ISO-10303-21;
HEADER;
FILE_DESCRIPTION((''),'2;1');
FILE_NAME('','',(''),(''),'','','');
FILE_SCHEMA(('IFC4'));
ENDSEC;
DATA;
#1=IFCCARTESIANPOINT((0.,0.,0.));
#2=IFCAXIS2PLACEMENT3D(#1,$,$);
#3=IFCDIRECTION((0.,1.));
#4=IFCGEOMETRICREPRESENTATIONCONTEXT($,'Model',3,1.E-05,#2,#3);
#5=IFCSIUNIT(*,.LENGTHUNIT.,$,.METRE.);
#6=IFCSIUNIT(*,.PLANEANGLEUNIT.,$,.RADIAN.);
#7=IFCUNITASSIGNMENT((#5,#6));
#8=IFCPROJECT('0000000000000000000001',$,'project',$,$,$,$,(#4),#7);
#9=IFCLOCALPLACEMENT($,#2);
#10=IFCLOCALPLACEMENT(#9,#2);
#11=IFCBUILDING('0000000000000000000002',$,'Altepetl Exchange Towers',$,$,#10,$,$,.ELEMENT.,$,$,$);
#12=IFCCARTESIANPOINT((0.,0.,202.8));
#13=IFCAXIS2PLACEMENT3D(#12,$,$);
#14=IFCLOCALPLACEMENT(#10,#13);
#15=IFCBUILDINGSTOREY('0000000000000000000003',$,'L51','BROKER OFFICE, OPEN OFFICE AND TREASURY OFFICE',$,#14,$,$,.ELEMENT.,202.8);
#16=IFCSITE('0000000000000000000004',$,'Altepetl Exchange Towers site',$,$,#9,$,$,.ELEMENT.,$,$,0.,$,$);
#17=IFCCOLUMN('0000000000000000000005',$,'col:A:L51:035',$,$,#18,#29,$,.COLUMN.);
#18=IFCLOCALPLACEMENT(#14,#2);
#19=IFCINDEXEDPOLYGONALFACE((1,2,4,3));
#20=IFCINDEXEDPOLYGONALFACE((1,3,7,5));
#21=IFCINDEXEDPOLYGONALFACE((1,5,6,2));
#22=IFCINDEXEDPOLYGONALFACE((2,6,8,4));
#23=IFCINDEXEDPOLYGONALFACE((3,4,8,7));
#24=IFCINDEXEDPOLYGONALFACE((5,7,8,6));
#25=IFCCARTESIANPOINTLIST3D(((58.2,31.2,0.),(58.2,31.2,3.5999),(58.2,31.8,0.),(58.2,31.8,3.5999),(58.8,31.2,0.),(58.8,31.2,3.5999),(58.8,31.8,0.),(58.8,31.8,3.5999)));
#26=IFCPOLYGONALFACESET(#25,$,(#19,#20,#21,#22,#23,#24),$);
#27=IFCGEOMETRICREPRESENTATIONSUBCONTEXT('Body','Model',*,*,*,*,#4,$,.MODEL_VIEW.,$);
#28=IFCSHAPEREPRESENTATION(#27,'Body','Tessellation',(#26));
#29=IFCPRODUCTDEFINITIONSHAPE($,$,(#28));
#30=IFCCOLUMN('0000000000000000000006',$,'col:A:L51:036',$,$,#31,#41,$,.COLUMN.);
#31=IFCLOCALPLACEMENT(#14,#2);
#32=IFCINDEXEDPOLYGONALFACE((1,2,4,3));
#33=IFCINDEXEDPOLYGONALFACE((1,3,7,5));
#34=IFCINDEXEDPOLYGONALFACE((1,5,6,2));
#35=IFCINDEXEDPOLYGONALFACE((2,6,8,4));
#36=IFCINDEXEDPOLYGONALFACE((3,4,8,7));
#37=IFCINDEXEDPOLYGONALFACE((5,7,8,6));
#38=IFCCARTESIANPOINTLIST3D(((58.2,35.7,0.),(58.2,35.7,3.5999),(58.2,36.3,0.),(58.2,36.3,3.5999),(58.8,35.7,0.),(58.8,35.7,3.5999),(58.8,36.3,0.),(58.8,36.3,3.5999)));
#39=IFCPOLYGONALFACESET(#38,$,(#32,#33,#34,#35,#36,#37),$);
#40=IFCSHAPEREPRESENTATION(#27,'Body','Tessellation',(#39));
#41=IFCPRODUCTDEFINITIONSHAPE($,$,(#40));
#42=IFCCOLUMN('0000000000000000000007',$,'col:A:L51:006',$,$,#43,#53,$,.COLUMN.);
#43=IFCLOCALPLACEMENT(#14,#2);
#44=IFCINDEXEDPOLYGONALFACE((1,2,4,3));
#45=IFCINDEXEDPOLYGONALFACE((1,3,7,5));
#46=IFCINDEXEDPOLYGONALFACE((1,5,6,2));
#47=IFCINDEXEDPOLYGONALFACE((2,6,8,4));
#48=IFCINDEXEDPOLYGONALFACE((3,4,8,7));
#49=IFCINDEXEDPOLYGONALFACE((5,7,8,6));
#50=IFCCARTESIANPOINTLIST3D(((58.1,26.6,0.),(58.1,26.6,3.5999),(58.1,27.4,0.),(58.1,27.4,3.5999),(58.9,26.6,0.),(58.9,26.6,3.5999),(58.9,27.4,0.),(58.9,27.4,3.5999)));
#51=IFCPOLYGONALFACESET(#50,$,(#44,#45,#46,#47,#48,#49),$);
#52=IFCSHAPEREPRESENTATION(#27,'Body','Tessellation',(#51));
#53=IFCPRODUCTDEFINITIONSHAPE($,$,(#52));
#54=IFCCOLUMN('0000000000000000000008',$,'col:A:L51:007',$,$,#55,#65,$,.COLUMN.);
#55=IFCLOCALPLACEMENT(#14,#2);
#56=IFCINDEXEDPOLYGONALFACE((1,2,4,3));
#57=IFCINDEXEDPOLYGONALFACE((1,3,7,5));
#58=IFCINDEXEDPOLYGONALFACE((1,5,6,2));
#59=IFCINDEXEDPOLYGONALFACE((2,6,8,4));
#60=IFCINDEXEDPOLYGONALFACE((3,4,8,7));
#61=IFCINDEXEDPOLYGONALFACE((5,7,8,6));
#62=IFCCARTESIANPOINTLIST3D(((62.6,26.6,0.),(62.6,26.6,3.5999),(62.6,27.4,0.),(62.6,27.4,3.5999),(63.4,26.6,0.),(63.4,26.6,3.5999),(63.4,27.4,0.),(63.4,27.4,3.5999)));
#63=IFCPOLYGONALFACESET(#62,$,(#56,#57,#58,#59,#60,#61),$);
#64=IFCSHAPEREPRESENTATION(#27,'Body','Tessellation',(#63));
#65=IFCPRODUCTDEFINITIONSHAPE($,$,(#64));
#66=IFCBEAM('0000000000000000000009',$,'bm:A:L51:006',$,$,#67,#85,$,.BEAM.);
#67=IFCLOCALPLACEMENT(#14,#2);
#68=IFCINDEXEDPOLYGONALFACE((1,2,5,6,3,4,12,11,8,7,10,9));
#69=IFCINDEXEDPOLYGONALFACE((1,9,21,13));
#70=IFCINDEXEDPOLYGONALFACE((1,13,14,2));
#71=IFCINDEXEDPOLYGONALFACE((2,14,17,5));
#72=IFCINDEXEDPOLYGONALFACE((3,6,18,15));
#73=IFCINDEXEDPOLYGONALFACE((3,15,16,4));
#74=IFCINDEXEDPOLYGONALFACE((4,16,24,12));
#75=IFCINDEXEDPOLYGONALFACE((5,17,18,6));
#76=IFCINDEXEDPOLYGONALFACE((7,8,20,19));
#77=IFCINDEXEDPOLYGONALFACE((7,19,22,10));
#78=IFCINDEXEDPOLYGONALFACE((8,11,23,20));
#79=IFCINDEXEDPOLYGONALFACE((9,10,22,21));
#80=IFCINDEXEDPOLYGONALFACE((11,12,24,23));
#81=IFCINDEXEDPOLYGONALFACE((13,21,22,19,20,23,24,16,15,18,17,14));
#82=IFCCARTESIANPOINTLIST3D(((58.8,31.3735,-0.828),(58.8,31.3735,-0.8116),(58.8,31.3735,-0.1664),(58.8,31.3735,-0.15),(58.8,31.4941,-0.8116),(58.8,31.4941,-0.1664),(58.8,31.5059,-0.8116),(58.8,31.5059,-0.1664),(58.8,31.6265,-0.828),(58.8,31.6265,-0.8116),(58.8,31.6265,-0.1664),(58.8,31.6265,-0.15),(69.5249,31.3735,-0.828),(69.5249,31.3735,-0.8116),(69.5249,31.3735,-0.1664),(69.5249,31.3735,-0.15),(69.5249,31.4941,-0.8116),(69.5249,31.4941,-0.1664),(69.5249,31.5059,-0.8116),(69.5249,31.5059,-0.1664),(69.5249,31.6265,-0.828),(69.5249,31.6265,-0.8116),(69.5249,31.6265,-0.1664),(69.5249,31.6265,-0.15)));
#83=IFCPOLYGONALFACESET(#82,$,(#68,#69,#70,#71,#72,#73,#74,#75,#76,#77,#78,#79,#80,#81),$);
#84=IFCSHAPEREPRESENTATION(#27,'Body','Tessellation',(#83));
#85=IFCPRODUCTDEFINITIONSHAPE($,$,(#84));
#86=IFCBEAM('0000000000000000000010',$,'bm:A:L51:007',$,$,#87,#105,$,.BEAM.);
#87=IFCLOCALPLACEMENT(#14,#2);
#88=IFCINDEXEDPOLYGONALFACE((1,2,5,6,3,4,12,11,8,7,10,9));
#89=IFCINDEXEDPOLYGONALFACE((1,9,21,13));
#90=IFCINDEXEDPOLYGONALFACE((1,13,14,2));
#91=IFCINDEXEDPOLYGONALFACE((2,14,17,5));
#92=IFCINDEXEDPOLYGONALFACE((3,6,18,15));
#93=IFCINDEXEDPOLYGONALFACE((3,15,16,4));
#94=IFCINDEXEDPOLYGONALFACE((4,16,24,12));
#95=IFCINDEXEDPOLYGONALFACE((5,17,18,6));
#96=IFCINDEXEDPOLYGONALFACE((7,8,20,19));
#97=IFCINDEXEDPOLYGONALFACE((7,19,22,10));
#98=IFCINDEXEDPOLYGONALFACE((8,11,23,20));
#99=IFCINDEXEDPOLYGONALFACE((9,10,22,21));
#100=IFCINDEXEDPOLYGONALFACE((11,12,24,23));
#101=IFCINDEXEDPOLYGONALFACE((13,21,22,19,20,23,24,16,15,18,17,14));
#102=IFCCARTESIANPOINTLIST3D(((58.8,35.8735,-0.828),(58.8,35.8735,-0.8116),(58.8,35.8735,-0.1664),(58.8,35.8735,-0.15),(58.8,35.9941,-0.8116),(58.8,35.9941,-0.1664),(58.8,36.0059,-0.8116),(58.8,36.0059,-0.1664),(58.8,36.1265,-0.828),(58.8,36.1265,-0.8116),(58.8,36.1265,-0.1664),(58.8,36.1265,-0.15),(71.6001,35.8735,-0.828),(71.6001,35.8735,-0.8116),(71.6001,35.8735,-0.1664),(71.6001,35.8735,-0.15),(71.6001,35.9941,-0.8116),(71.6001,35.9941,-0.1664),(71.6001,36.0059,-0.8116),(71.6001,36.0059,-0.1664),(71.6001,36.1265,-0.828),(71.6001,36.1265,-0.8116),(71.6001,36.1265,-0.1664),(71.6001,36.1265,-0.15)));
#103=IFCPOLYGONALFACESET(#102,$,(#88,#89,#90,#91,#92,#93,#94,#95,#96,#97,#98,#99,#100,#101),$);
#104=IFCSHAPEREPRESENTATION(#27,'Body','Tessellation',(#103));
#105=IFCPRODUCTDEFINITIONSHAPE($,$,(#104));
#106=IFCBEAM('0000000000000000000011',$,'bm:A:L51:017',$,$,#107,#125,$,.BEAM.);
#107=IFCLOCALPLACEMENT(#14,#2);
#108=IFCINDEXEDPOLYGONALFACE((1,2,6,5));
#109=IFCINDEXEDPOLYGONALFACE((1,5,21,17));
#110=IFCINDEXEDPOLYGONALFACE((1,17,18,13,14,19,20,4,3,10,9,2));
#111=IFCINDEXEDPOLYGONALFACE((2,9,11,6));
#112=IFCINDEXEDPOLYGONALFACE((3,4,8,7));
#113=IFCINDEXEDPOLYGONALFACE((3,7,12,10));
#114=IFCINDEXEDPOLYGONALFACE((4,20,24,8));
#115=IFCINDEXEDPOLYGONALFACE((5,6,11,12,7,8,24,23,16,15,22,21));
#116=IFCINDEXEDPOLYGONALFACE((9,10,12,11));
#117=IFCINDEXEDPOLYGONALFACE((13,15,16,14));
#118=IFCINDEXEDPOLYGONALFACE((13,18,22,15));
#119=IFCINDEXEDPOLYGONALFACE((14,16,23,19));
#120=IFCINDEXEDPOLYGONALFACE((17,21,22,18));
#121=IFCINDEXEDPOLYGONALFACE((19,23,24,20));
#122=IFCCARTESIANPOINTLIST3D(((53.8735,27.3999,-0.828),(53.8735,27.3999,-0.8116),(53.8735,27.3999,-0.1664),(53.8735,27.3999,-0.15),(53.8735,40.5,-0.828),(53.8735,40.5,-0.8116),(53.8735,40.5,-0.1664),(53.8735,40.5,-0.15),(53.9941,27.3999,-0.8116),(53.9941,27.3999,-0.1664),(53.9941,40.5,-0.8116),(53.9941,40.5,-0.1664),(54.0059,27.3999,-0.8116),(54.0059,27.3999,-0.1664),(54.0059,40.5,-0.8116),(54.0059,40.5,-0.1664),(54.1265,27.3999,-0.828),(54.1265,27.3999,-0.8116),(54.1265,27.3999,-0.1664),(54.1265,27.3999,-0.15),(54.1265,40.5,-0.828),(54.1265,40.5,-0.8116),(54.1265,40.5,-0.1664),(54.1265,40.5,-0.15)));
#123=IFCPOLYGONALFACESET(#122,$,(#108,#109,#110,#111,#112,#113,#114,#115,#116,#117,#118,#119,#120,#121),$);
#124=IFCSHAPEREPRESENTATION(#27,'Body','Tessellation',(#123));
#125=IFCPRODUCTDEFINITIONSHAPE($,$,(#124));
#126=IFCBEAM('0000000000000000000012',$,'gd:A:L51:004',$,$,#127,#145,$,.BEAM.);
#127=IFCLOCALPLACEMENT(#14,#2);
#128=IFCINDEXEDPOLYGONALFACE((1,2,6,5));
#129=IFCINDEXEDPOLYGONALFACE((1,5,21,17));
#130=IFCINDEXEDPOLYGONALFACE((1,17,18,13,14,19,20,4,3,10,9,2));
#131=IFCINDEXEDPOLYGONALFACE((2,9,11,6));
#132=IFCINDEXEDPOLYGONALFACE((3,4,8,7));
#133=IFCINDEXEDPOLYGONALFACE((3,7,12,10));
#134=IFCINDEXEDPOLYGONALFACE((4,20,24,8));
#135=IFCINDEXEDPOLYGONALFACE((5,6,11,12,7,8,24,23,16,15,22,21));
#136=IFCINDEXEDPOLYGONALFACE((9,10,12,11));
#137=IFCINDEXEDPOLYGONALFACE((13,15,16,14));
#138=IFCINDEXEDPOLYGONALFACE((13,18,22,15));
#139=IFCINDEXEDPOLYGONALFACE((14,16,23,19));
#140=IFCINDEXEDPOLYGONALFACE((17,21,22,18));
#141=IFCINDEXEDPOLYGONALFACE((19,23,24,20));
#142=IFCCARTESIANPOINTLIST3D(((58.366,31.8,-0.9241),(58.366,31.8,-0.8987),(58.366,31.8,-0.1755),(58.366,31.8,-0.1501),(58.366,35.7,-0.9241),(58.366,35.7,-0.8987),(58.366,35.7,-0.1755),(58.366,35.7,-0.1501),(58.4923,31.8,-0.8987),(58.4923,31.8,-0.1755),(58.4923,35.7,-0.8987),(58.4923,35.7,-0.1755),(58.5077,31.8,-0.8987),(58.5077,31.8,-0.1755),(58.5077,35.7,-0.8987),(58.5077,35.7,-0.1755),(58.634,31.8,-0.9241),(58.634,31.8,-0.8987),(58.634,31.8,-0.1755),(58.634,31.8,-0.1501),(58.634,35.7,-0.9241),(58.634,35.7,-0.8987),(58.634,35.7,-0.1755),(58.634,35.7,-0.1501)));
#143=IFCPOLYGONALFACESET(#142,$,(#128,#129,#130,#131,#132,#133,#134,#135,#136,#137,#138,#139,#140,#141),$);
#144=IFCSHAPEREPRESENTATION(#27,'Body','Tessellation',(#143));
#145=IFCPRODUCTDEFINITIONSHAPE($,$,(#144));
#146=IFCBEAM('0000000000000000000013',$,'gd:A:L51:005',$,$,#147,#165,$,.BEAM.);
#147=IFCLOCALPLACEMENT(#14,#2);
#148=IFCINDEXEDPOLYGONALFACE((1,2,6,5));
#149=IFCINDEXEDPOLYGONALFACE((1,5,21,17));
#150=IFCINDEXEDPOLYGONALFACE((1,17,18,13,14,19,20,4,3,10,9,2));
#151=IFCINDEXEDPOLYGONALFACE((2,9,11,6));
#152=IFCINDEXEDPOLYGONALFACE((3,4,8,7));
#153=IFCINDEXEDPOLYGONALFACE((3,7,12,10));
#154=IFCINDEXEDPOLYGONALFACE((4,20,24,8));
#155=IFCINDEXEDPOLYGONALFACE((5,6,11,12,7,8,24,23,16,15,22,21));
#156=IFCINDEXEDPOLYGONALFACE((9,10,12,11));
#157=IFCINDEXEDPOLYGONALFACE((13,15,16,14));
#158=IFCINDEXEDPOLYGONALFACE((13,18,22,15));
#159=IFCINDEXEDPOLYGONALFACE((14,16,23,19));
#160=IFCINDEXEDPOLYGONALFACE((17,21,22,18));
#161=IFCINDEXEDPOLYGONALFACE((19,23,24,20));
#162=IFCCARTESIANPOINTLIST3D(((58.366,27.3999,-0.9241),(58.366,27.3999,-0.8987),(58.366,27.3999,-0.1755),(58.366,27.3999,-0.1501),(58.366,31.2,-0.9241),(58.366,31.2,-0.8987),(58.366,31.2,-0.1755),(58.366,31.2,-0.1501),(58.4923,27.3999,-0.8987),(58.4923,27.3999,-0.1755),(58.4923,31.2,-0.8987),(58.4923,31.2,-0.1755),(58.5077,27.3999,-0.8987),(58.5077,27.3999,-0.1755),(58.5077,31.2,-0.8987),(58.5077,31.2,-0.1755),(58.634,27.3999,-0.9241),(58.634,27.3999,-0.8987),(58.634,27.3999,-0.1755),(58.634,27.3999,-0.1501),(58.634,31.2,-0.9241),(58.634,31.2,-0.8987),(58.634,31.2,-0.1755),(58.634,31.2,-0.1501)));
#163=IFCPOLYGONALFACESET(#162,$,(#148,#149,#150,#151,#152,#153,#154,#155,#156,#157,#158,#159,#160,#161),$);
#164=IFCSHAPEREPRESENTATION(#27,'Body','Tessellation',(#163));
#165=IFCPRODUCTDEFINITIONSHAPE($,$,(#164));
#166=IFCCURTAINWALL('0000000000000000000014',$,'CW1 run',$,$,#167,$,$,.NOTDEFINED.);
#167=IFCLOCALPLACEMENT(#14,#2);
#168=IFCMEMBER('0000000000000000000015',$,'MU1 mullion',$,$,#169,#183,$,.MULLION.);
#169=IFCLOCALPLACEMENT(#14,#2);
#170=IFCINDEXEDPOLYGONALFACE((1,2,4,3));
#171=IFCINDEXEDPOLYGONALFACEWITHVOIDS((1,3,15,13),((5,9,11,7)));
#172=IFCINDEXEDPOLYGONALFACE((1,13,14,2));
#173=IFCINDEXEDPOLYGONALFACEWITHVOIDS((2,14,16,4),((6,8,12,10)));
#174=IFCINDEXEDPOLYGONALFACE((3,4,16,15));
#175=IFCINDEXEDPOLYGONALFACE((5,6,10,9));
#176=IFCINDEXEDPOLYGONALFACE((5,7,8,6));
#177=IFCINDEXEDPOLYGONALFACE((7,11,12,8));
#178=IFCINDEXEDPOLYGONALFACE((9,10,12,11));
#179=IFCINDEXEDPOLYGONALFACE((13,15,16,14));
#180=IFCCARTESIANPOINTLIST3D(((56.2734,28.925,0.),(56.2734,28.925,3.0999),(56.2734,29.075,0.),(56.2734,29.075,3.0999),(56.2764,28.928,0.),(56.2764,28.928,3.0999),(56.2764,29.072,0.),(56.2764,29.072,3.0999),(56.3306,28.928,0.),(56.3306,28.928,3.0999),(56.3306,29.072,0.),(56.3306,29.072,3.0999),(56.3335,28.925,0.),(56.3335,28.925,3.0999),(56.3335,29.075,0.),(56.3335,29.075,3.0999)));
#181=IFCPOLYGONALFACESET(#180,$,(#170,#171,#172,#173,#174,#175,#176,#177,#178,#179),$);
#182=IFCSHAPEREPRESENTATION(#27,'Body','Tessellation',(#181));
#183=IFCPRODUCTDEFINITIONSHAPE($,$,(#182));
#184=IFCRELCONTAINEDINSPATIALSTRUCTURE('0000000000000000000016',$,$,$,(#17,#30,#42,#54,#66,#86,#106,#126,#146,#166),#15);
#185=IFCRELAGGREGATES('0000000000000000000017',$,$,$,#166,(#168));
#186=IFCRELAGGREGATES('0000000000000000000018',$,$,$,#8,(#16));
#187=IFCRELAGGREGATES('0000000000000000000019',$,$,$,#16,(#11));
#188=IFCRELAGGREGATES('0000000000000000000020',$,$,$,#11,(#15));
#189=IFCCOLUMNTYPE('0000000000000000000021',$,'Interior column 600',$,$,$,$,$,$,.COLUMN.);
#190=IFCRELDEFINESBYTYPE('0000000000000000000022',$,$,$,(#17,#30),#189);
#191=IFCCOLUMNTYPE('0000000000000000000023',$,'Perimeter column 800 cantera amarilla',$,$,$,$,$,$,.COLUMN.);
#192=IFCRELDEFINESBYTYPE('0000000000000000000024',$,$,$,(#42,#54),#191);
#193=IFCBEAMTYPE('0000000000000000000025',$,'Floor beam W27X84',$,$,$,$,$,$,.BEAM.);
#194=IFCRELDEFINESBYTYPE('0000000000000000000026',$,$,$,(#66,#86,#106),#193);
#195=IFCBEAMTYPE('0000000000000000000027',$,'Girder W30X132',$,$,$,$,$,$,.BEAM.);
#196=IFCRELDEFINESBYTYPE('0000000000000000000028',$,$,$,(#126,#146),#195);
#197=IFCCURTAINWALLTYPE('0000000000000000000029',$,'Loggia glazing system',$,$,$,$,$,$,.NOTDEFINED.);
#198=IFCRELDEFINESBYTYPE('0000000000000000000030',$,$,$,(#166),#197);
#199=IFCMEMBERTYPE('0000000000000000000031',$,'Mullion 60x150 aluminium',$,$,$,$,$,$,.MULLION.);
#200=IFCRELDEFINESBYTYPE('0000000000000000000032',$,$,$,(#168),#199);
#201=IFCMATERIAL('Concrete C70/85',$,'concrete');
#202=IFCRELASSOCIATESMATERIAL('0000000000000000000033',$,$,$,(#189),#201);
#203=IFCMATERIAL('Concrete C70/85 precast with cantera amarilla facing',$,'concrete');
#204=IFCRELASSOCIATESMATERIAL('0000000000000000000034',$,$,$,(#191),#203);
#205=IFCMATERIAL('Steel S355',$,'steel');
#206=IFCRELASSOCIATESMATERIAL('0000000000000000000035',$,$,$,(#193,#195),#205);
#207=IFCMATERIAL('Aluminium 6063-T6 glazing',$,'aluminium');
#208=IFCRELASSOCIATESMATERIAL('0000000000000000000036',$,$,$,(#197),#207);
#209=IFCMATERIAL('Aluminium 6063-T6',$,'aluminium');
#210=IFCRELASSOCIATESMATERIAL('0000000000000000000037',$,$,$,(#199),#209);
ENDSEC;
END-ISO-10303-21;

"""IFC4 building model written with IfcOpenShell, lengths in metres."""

from ifc_helpers import new_model, si_unit, direction, frame, origin, origin_2d, place, context, subcontext, project, spatial, rectangle, hollow_rectangle, i_section, extrude, material, material_profile, profile_set, type_object, element, aggregate, save


model = new_model("IFC4")

# Units and contexts
model_context = context("Model", 3, precision=1e-05, world=origin(), true_north=direction((0.0, 1.0)))
body_context = subcontext(model_context, "Body", "Model", "MODEL_VIEW")
ifc_project = project(units=[si_unit("LENGTHUNIT", "METRE"), si_unit("PLANEANGLEUNIT", "RADIAN")], contexts=[model_context])

# Site, building, storey
site_placement = place(None, origin())
site = spatial("IfcSite", under=ifc_project, at=site_placement, Name="Altepetl Exchange Towers site", CompositionType="ELEMENT", RefElevation=0.0)
building_placement = place(site_placement, origin())
building = spatial("IfcBuilding", under=site, at=building_placement, Name="Altepetl Exchange Towers", CompositionType="ELEMENT")
storey_placement = place(building_placement, frame((0.0, 0.0, 202.8)))
storey = spatial("IfcBuildingStorey", under=building, at=storey_placement, Name="L51", Description="BROKER OFFICE, OPEN OFFICE AND TREASURY OFFICE", CompositionType="ELEMENT", Elevation=202.8)

# Columns
ifc_material_1 = material(Name="Concrete C70/85", Category="concrete")
ifc_material_profile_1 = material_profile(ifc_material_1, rectangle(XDim=0.6001, YDim=0.6001, at=origin_2d()), Name="600 x 600")
ifc_profile_set_1 = profile_set([ifc_material_profile_1], Name="Concrete C70/85")
column_type_1 = type_object("IfcColumnType", Name="Interior column 600", PredefinedType="COLUMN", material=ifc_profile_set_1)
for number, where, name in (
    (1, (58.5, 31.5, 0.0), "col:A:L51:035"),
    (2, (58.5, 36.0, 0.0), "col:A:L51:036"),
):
    element("IfcColumn", number, at=place(storey_placement, frame(where)), inside=storey, type_object=column_type_1, Name=name, PredefinedType="COLUMN", context=body_context, shape_type="SweptSolid", body=[
        extrude(rectangle(XDim=0.6001, YDim=0.6001, at=origin_2d()), origin(), (0.0, 0.0, 1.0), 3.5999),
    ])
ifc_material_2 = material(Name="Concrete C70/85 precast with cantera amarilla facing", Category="concrete")
ifc_material_profile_2 = material_profile(ifc_material_2, rectangle(XDim=0.8, YDim=0.8, at=origin_2d()), Name="800 x 800")
ifc_profile_set_2 = profile_set([ifc_material_profile_2], Name="Concrete C70/85 precast with cantera amarilla facing")
column_type_2 = type_object("IfcColumnType", Name="Perimeter column 800 cantera amarilla", PredefinedType="COLUMN", material=ifc_profile_set_2)
for number, where, name in (
    (3, (58.5, 27.0, 0.0), "col:A:L51:006"),
    (4, (63.0, 27.0, 0.0), "col:A:L51:007"),
):
    element("IfcColumn", number, at=place(storey_placement, frame(where)), inside=storey, type_object=column_type_2, Name=name, PredefinedType="COLUMN", context=body_context, shape_type="SweptSolid", body=[
        extrude(rectangle(XDim=0.8, YDim=0.8, at=origin_2d()), origin(), (0.0, 0.0, 1.0), 3.5999),
    ])

# Beams
ifc_material_3 = material(Name="Steel S355", Category="steel")
ifc_material_profile_3 = material_profile(ifc_material_3, i_section(OverallWidth=0.2529, OverallDepth=0.678, WebThickness=0.0117, FlangeThickness=0.0164, at=origin_2d()), Name="W27X84")
ifc_profile_set_3 = profile_set([ifc_material_profile_3], Name="Steel S355")
beam_type_1 = type_object("IfcBeamType", Name="Floor beam W27X84", PredefinedType="BEAM", material=ifc_profile_set_3)
beam_1_placement = place(storey_placement, frame((58.8, 31.5, -0.489), z_axis=(1.0, 0.0, 0.0), x_axis=(0.0, 1.0, 0.0)))
element("IfcBeam", 5, at=beam_1_placement, inside=storey, type_object=beam_type_1, Name="bm:A:L51:006", PredefinedType="BEAM", context=body_context, shape_type="SweptSolid", body=[
    extrude(i_section(OverallWidth=0.2529, OverallDepth=0.678, WebThickness=0.0117, FlangeThickness=0.0164, at=origin_2d()), origin(), (0.0, 0.0, 1.0), 10.7249),
])
beam_2_placement = place(storey_placement, frame((58.8, 36.0, -0.489), z_axis=(1.0, 0.0, 0.0), x_axis=(0.0, 1.0, 0.0)))
element("IfcBeam", 6, at=beam_2_placement, inside=storey, type_object=beam_type_1, Name="bm:A:L51:007", PredefinedType="BEAM", context=body_context, shape_type="SweptSolid", body=[
    extrude(i_section(OverallWidth=0.2529, OverallDepth=0.678, WebThickness=0.0117, FlangeThickness=0.0164, at=origin_2d()), origin(), (0.0, 0.0, 1.0), 12.8),
])
beam_3_placement = place(storey_placement, frame((54.0, 27.3999, -0.489), z_axis=(0.0, 1.0, 0.0), x_axis=(-1.0, 0.0, 0.0)))
element("IfcBeam", 7, at=beam_3_placement, inside=storey, type_object=beam_type_1, Name="bm:A:L51:017", PredefinedType="BEAM", context=body_context, shape_type="SweptSolid", body=[
    extrude(i_section(OverallWidth=0.2529, OverallDepth=0.678, WebThickness=0.0117, FlangeThickness=0.0164, at=origin_2d()), origin(), (0.0, 0.0, 1.0), 13.1001),
])
ifc_material_profile_4 = material_profile(ifc_material_3, i_section(OverallWidth=0.2681, OverallDepth=0.7739, WebThickness=0.0154, FlangeThickness=0.0254, at=origin_2d()), Name="W30X132")
ifc_profile_set_4 = profile_set([ifc_material_profile_4], Name="Steel S355")
beam_type_2 = type_object("IfcBeamType", Name="Girder W30X132", PredefinedType="BEAM", material=ifc_profile_set_4)
beam_4_placement = place(storey_placement, frame((58.5, 35.7, -0.5371), z_axis=(0.0, -1.0, 0.0), x_axis=(1.0, 0.0, 0.0)))
element("IfcBeam", 8, at=beam_4_placement, inside=storey, type_object=beam_type_2, Name="gd:A:L51:004", PredefinedType="BEAM", context=body_context, shape_type="SweptSolid", body=[
    extrude(i_section(OverallWidth=0.2681, OverallDepth=0.7739, WebThickness=0.0154, FlangeThickness=0.0254, at=origin_2d()), origin(), (0.0, 0.0, 1.0), 3.8999),
])
beam_5_placement = place(storey_placement, frame((58.5, 31.2, -0.5371), z_axis=(0.0, -1.0, 0.0), x_axis=(1.0, 0.0, 0.0)))
element("IfcBeam", 9, at=beam_5_placement, inside=storey, type_object=beam_type_2, Name="gd:A:L51:005", PredefinedType="BEAM", context=body_context, shape_type="SweptSolid", body=[
    extrude(i_section(OverallWidth=0.2681, OverallDepth=0.7739, WebThickness=0.0154, FlangeThickness=0.0254, at=origin_2d()), origin(), (0.0, 0.0, 1.0), 3.8),
])

# Curtain wall, member
ifc_material_4 = material(Name="Aluminium 6063-T6 glazing", Category="aluminium")
curtain_wall_type = type_object("IfcCurtainWallType", Name="Loggia glazing system", PredefinedType="NOTDEFINED", material=ifc_material_4)
curtain_wall_1_placement = place(storey_placement, origin())
curtain_wall_1 = element("IfcCurtainWall", 10, at=curtain_wall_1_placement, inside=storey, type_object=curtain_wall_type, Name="CW1 run", PredefinedType="NOTDEFINED")
ifc_material_5 = material(Name="Aluminium 6063-T6", Category="aluminium")
ifc_material_profile_5 = material_profile(ifc_material_5, hollow_rectangle(XDim=0.0601, YDim=0.1499, WallThickness=0.0029, at=origin_2d()), Name="Mullion 60x150 aluminium")
ifc_profile_set_5 = profile_set([ifc_material_profile_5], Name="Aluminium 6063-T6")
member_type = type_object("IfcMemberType", Name="Mullion 60x150 aluminium", PredefinedType="MULLION", material=ifc_profile_set_5)
member_1_placement = place(storey_placement, frame((56.3035, 29.0, 0.0)))
member_1 = element("IfcMember", 11, at=member_1_placement, type_object=member_type, Name="MU1 mullion", PredefinedType="MULLION", context=body_context, shape_type="SweptSolid", body=[
    extrude(hollow_rectangle(XDim=0.0601, YDim=0.1499, WallThickness=0.0029, at=origin_2d()), origin(), (0.0, 0.0, 1.0), 3.0999),
])

aggregate(curtain_wall_1, [member_1])

save(model, "model.ifc")
